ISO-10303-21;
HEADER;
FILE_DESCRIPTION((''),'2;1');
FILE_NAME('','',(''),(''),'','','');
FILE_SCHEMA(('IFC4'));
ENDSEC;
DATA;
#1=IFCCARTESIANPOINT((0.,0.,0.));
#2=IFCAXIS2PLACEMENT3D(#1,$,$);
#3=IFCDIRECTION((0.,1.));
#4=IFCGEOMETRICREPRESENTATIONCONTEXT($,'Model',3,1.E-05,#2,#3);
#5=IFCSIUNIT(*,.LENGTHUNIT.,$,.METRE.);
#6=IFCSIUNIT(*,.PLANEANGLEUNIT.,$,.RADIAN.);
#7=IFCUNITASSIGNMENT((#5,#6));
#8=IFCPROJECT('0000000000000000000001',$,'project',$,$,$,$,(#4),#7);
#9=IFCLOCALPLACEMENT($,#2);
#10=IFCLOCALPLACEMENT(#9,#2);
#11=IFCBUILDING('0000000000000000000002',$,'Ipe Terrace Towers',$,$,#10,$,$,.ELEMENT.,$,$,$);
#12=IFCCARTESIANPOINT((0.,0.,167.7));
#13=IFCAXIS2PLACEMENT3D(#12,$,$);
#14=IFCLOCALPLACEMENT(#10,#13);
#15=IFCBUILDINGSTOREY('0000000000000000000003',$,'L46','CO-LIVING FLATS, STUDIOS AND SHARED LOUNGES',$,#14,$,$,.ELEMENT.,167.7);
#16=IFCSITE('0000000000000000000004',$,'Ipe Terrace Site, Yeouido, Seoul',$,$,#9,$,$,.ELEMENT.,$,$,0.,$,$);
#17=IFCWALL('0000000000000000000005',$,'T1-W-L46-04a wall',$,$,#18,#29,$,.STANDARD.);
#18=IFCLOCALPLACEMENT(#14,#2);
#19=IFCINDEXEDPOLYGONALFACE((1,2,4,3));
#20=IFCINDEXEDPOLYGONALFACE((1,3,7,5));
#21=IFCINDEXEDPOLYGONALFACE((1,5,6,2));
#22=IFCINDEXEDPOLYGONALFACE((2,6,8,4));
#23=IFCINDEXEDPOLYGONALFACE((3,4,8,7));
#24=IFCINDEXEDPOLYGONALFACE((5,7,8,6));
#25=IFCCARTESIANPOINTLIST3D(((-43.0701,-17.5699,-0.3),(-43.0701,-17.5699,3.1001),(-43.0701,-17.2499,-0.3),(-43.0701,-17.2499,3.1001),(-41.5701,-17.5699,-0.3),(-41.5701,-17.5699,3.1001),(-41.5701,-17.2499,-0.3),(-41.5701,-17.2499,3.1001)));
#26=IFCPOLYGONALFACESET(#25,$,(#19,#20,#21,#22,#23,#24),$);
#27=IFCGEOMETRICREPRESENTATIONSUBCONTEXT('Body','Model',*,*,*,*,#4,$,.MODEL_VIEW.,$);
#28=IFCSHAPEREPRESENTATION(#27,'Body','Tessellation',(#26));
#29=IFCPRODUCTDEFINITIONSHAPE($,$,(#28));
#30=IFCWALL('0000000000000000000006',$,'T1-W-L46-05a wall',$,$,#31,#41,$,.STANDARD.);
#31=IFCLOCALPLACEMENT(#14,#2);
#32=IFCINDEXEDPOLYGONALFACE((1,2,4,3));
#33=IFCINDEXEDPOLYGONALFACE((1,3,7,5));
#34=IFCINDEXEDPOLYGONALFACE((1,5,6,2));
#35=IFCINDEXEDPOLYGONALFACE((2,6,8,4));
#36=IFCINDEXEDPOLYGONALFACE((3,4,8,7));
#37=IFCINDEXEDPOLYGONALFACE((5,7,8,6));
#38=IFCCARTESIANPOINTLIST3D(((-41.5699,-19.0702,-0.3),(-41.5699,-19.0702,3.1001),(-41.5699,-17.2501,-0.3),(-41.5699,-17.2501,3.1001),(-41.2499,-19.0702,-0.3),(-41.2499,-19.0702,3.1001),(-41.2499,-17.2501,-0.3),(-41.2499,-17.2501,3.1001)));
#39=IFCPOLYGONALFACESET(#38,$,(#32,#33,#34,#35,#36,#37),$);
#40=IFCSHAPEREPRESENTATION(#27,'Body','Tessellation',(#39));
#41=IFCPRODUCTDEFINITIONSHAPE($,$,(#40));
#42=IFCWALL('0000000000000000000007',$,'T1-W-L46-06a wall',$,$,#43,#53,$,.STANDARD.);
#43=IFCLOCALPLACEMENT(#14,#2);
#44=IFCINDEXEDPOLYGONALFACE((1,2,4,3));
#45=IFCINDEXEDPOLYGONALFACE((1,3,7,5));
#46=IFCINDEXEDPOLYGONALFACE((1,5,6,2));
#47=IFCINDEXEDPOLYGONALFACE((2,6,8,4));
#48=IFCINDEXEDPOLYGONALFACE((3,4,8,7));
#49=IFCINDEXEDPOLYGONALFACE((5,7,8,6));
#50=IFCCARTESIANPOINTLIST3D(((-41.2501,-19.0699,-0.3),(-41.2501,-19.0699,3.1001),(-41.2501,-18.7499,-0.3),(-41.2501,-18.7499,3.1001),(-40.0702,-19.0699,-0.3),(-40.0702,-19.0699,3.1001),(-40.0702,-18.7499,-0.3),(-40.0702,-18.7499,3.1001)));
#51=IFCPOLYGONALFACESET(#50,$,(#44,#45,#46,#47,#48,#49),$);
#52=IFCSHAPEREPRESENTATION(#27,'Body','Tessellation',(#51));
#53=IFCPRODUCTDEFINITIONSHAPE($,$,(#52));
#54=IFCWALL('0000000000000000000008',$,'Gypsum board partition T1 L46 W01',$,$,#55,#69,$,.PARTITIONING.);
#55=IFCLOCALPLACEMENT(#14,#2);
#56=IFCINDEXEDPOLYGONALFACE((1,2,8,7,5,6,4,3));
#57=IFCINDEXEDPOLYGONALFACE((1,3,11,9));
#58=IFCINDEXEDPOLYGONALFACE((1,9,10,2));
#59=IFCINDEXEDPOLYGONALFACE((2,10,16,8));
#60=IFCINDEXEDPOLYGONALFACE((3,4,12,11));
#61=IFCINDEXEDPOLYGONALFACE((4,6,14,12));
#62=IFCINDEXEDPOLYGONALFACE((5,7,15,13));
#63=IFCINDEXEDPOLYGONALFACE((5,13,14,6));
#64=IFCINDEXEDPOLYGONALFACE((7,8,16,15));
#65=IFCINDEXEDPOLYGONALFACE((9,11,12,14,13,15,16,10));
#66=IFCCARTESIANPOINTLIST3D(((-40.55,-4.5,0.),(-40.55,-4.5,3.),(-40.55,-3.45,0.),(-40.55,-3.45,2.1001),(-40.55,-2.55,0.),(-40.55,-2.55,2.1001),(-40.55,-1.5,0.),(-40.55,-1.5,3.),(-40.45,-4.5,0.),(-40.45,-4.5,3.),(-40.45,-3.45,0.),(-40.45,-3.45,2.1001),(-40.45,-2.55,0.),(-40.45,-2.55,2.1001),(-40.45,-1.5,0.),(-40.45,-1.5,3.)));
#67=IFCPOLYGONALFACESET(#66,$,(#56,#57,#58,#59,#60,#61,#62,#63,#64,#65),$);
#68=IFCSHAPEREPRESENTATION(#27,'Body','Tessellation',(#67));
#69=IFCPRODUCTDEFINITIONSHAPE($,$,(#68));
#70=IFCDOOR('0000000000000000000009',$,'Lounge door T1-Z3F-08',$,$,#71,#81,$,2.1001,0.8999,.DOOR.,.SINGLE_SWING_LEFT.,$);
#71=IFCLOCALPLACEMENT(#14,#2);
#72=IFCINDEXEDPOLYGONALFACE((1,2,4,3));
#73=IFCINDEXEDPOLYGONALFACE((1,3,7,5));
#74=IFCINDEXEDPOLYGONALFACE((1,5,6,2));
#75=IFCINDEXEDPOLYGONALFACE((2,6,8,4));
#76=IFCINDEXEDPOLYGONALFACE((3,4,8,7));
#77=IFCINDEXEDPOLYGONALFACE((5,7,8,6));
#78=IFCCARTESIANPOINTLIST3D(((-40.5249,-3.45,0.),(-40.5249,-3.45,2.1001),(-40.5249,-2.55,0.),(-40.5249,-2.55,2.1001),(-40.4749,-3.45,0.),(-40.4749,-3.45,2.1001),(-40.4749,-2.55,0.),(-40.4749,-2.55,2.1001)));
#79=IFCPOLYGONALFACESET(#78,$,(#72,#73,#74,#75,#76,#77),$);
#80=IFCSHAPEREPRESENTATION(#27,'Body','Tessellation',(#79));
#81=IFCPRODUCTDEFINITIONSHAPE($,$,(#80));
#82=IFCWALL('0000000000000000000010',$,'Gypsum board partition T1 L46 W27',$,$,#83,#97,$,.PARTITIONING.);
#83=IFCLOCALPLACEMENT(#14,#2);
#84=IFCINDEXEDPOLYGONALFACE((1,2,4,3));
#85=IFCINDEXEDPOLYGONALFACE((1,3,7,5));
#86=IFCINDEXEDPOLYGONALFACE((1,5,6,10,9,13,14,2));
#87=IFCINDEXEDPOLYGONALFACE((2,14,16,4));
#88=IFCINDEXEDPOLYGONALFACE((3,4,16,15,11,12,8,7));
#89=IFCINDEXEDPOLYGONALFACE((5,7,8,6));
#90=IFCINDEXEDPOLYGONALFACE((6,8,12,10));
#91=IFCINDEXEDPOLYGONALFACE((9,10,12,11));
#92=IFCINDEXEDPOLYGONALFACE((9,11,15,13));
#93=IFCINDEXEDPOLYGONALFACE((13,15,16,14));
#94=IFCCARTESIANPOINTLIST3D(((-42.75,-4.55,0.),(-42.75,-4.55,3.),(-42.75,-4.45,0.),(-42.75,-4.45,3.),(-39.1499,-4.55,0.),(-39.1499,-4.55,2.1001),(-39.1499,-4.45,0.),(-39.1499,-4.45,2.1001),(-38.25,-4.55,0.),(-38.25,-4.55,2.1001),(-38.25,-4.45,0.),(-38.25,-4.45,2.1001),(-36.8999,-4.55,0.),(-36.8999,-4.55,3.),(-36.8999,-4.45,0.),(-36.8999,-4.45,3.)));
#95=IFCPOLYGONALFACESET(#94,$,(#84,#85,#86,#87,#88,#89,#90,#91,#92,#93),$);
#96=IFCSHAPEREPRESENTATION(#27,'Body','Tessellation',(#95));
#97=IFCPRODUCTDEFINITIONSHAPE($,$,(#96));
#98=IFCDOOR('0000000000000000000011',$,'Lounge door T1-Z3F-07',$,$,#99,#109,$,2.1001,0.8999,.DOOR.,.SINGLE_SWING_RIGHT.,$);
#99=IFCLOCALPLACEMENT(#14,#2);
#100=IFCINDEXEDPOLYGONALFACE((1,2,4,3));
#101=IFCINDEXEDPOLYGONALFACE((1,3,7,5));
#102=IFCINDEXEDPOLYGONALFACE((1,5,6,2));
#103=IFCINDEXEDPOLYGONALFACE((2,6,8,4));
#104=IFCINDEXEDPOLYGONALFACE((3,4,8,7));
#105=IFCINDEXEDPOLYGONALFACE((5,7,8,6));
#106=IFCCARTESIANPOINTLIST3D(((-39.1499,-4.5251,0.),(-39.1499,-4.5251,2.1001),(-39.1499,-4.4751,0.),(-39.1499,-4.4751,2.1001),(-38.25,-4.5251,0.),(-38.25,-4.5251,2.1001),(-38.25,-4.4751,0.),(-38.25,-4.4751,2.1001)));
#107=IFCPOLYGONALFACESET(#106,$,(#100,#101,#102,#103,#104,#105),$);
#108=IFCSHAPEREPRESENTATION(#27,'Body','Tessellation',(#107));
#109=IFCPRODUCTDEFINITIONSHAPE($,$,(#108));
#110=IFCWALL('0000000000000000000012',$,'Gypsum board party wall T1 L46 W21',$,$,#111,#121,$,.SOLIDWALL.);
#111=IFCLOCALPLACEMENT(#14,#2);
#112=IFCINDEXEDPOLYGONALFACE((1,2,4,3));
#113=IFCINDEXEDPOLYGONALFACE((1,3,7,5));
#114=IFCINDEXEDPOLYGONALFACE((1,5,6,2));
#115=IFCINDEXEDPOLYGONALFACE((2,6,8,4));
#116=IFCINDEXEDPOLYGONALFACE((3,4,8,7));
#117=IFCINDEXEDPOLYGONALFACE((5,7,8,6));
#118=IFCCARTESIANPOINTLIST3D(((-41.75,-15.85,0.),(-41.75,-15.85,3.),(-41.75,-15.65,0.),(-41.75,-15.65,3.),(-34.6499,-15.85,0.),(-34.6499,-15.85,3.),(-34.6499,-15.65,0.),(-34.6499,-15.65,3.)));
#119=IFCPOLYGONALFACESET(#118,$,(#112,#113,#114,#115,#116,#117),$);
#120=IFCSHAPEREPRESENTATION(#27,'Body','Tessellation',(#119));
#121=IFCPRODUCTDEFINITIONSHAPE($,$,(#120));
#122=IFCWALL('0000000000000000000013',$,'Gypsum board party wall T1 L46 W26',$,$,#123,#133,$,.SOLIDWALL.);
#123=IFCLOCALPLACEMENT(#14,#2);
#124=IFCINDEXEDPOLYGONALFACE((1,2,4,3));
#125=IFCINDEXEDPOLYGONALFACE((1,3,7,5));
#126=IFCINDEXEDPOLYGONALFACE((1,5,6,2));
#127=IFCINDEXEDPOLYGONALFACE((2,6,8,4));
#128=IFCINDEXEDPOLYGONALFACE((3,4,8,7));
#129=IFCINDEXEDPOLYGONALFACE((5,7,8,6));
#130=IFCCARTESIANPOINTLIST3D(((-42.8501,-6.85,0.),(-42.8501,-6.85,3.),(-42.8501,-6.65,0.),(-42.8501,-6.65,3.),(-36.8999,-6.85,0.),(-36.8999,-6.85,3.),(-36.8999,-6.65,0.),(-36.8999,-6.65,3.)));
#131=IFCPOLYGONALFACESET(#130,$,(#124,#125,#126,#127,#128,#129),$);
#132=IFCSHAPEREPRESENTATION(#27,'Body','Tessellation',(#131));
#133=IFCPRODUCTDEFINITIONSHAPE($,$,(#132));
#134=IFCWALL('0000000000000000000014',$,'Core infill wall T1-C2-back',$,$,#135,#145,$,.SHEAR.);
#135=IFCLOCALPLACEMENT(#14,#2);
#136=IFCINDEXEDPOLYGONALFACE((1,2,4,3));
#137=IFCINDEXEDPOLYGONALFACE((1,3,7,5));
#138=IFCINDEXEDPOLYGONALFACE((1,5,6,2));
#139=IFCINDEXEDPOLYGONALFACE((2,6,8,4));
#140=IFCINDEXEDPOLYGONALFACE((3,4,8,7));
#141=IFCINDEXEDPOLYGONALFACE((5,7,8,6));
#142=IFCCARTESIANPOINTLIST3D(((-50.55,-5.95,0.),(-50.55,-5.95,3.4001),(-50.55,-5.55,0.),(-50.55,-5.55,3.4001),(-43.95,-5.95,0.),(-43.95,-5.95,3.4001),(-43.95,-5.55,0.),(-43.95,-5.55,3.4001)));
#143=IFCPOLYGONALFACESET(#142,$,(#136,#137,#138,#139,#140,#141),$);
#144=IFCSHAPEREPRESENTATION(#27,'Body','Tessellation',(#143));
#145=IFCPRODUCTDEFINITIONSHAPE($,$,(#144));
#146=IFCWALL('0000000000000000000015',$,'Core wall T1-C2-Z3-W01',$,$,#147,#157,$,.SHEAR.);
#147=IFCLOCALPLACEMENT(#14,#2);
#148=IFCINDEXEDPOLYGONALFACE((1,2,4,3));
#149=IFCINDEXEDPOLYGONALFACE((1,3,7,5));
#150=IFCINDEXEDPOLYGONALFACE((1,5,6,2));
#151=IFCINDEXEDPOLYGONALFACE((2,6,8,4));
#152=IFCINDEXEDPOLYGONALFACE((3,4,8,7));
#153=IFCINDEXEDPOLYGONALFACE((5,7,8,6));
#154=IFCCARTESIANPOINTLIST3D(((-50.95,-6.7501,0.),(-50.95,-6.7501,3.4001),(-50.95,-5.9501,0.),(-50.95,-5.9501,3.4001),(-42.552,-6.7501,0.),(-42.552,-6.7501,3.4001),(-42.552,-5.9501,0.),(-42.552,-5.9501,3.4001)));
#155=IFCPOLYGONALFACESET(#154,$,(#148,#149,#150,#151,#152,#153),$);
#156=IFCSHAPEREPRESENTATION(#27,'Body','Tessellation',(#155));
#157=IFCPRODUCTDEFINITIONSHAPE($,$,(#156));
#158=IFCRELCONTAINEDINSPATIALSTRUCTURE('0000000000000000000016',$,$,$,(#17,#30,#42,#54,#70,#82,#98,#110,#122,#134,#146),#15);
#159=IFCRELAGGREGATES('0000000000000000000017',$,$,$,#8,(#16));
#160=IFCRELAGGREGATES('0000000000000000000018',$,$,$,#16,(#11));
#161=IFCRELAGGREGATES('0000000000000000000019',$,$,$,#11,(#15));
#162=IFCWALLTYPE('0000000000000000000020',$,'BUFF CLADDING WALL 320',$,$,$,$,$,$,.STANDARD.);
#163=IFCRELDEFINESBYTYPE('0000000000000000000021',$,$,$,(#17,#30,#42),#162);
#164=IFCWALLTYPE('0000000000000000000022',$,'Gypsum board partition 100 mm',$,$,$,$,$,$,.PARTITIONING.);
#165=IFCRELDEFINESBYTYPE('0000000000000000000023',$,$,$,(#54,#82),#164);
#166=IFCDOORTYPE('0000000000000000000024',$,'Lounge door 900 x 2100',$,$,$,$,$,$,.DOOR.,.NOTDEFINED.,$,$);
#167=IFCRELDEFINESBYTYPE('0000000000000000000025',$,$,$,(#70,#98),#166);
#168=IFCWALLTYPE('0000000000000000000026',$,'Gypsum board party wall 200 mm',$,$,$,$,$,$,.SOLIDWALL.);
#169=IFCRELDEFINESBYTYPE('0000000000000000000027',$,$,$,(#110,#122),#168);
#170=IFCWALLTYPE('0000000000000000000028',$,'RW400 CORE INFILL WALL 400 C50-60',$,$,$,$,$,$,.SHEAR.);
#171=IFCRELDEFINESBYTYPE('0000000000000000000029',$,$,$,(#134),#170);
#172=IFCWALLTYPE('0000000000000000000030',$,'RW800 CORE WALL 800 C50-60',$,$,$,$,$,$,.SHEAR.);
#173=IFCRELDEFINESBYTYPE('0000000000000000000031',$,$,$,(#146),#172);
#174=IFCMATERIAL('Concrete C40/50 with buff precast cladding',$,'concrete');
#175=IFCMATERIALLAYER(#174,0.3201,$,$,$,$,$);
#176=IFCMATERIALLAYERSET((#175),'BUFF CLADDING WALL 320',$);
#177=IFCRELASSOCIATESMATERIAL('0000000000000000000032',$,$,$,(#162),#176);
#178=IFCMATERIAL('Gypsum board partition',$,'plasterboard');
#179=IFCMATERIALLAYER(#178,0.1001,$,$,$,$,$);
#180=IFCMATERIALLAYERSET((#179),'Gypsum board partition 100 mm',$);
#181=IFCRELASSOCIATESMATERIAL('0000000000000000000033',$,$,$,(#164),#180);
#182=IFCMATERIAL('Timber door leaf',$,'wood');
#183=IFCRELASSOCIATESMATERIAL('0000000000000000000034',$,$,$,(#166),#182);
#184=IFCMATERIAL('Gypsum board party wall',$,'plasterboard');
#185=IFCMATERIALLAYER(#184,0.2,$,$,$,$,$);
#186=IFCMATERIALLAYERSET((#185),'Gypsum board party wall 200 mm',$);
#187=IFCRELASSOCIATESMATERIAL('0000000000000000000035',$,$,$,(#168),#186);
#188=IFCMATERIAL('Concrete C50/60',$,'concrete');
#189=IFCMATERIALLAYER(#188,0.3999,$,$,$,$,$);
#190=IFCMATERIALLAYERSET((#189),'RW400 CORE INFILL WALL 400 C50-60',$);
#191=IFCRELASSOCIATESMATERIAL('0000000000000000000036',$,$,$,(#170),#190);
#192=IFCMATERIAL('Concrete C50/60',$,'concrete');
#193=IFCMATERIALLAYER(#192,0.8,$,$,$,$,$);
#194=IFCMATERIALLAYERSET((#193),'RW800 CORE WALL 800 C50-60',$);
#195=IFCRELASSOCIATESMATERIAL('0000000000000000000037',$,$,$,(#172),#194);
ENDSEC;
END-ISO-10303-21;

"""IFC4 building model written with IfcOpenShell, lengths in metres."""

from ifc_helpers import new_model, si_unit, direction, frame, frame_2d, origin, place, context, subcontext, project, spatial, rectangle, extrude, material, layer, layer_set, type_object, element, fill, save


model = new_model("IFC4")

# Units and contexts
model_context = context("Model", 3, precision=1e-05, world=origin(), true_north=direction((0.0, 1.0)))
body_context = subcontext(model_context, "Body", "Model", "MODEL_VIEW")
ifc_project = project(units=[si_unit("LENGTHUNIT", "METRE"), si_unit("PLANEANGLEUNIT", "RADIAN")], contexts=[model_context])

# Site, building, storey
site_placement = place(None, origin())
site = spatial("IfcSite", under=ifc_project, at=site_placement, Name="Ipe Terrace Site, Yeouido, Seoul", CompositionType="ELEMENT", RefElevation=0.0)
building_placement = place(site_placement, origin())
building = spatial("IfcBuilding", under=site, at=building_placement, Name="Ipe Terrace Towers", CompositionType="ELEMENT")
storey_placement = place(building_placement, frame((0.0, 0.0, 167.7)))
storey = spatial("IfcBuildingStorey", under=building, at=storey_placement, Name="L46", Description="CO-LIVING FLATS, STUDIOS AND SHARED LOUNGES", CompositionType="ELEMENT", Elevation=167.7)

# Walls
ifc_material_1 = material(Name="Concrete C40/50 with buff precast cladding", Category="concrete")
ifc_layer_1 = layer(ifc_material_1, 0.3201)
ifc_layer_set_1 = layer_set([ifc_layer_1], Name="BUFF CLADDING WALL 320")
wall_type_1 = type_object("IfcWallType", Name="BUFF CLADDING WALL 320", PredefinedType="STANDARD", material=ifc_layer_set_1)
wall_1_placement = place(storey_placement, frame((-43.0701, -17.4099, -0.3), z_axis=(0.0, 0.0, 1.0), x_axis=(1.0, 0.0, 0.0)))
element("IfcWall", 1, at=wall_1_placement, inside=storey, type_object=wall_type_1, Name="T1-W-L46-04a wall", PredefinedType="STANDARD", context=body_context, shape_type="SweptSolid", body=[
    extrude(rectangle(XDim=1.5, YDim=0.3201, at=frame_2d((0.75, 0.0))), origin(), (0.0, 0.0, 1.0), 3.4001),
])
wall_2_placement = place(storey_placement, frame((-41.4099, -17.25, -0.3), z_axis=(0.0, 0.0, 1.0), x_axis=(0.0, -1.0, 0.0)))
element("IfcWall", 2, at=wall_2_placement, inside=storey, type_object=wall_type_1, Name="T1-W-L46-05a wall", PredefinedType="STANDARD", context=body_context, shape_type="SweptSolid", body=[
    extrude(rectangle(XDim=1.8201, YDim=0.3201, at=frame_2d((0.9102, 0.0))), origin(), (0.0, 0.0, 1.0), 3.4001),
])
wall_3_placement = place(storey_placement, frame((-41.25, -18.9099, -0.3), z_axis=(0.0, 0.0, 1.0), x_axis=(1.0, 0.0, 0.0)))
element("IfcWall", 3, at=wall_3_placement, inside=storey, type_object=wall_type_1, Name="T1-W-L46-06a wall", PredefinedType="STANDARD", context=body_context, shape_type="SweptSolid", body=[
    extrude(rectangle(XDim=1.1799, YDim=0.3201, at=frame_2d((0.5898, 0.0))), origin(), (0.0, 0.0, 1.0), 3.4001),
])

# Walls, openings, doors
ifc_material_2 = material(Name="Gypsum board partition", Category="plasterboard")
ifc_layer_2 = layer(ifc_material_2, 0.1001)
ifc_layer_set_2 = layer_set([ifc_layer_2], Name="Gypsum board partition 100 mm")
wall_type_2 = type_object("IfcWallType", Name="Gypsum board partition 100 mm", PredefinedType="PARTITIONING", material=ifc_layer_set_2)
wall_4_placement = place(storey_placement, frame((-40.5, -4.5, 0.0), z_axis=(0.0, 0.0, 1.0), x_axis=(0.0, 1.0, 0.0)))
wall_4 = element("IfcWall", 4, at=wall_4_placement, inside=storey, type_object=wall_type_2, Name="Gypsum board partition T1 L46 W01", PredefinedType="PARTITIONING", context=body_context, shape_type="SweptSolid", body=[
    extrude(rectangle(XDim=3.0, YDim=0.1001, at=frame_2d((1.5, 0.0))), origin(), (0.0, 0.0, 1.0), 3.0),
])
opening_1_placement = place(wall_4_placement, frame((1.05, 0.0, 0.0)))
opening_1 = element("IfcOpeningElement", 5, at=opening_1_placement, cuts=wall_4, PredefinedType="OPENING", context=body_context, shape_type="SweptSolid", body=[
    extrude(rectangle(XDim=0.8999, YDim=2.1001, at=frame_2d((0.45, 1.05))), frame((0.0, 0.0601, 0.0), z_axis=(0.0, -1.0, 0.0), x_axis=(1.0, 0.0, 0.0)), (0.0, 0.0, 1.0), 0.1201),
])
ifc_material_3 = material(Name="Timber door leaf", Category="wood")
door_type_1 = type_object("IfcDoorType", Name="Lounge door 900 x 2100", OperationType="NOTDEFINED", PredefinedType="DOOR", material=ifc_material_3)
door_1_placement = place(opening_1_placement, origin())
door_1 = element("IfcDoor", 6, at=door_1_placement, inside=storey, type_object=door_type_1, Name="Lounge door T1-Z3F-08", OperationType="SINGLE_SWING_LEFT", OverallHeight=2.1001, OverallWidth=0.8999, PredefinedType="DOOR", context=body_context, shape_type="SweptSolid", body=[
    extrude(rectangle(XDim=0.8999, YDim=2.1001, at=frame_2d((0.45, 1.05))), frame((0.0, 0.0249, 0.0), z_axis=(0.0, -1.0, 0.0), x_axis=(1.0, 0.0, 0.0)), (0.0, 0.0, 1.0), 0.05),
])
fill(opening_1, door_1)
wall_5_placement = place(storey_placement, frame((-42.75, -4.5, 0.0), z_axis=(0.0, 0.0, 1.0), x_axis=(1.0, 0.0, 0.0)))
wall_5 = element("IfcWall", 7, at=wall_5_placement, inside=storey, type_object=wall_type_2, Name="Gypsum board partition T1 L46 W27", PredefinedType="PARTITIONING", context=body_context, shape_type="SweptSolid", body=[
    extrude(rectangle(XDim=5.8501, YDim=0.1001, at=frame_2d((2.925, 0.0))), origin(), (0.0, 0.0, 1.0), 3.0),
])
opening_2_placement = place(wall_5_placement, frame((3.6001, 0.0, 0.0)))
opening_2 = element("IfcOpeningElement", 8, at=opening_2_placement, cuts=wall_5, PredefinedType="OPENING", context=body_context, shape_type="SweptSolid", body=[
    extrude(rectangle(XDim=0.8999, YDim=2.1001, at=frame_2d((0.45, 1.05))), frame((0.0, 0.0601, 0.0), z_axis=(0.0, -1.0, 0.0), x_axis=(1.0, 0.0, 0.0)), (0.0, 0.0, 1.0), 0.1201),
])
door_2_placement = place(opening_2_placement, origin())
door_2 = element("IfcDoor", 9, at=door_2_placement, inside=storey, type_object=door_type_1, Name="Lounge door T1-Z3F-07", OperationType="SINGLE_SWING_RIGHT", OverallHeight=2.1001, OverallWidth=0.8999, PredefinedType="DOOR", context=body_context, shape_type="SweptSolid", body=[
    extrude(rectangle(XDim=0.8999, YDim=2.1001, at=frame_2d((0.45, 1.05))), frame((0.0, 0.0249, 0.0), z_axis=(0.0, -1.0, 0.0), x_axis=(1.0, 0.0, 0.0)), (0.0, 0.0, 1.0), 0.05),
])
fill(opening_2, door_2)

# Walls
ifc_material_4 = material(Name="Gypsum board party wall", Category="plasterboard")
ifc_layer_3 = layer(ifc_material_4, 0.2)
ifc_layer_set_3 = layer_set([ifc_layer_3], Name="Gypsum board party wall 200 mm")
wall_type_3 = type_object("IfcWallType", Name="Gypsum board party wall 200 mm", PredefinedType="SOLIDWALL", material=ifc_layer_set_3)
wall_6_placement = place(storey_placement, frame((-41.75, -15.75, 0.0), z_axis=(0.0, 0.0, 1.0), x_axis=(1.0, 0.0, 0.0)))
element("IfcWall", 10, at=wall_6_placement, inside=storey, type_object=wall_type_3, Name="Gypsum board party wall T1 L46 W21", PredefinedType="SOLIDWALL", context=body_context, shape_type="SweptSolid", body=[
    extrude(rectangle(XDim=7.1001, YDim=0.2, at=frame_2d((3.55, 0.0))), origin(), (0.0, 0.0, 1.0), 3.0),
])
wall_7_placement = place(storey_placement, frame((-42.8501, -6.75, 0.0), z_axis=(0.0, 0.0, 1.0), x_axis=(1.0, 0.0, 0.0)))
element("IfcWall", 11, at=wall_7_placement, inside=storey, type_object=wall_type_3, Name="Gypsum board party wall T1 L46 W26", PredefinedType="SOLIDWALL", context=body_context, shape_type="SweptSolid", body=[
    extrude(rectangle(XDim=5.9502, YDim=0.2, at=frame_2d((2.9751, 0.0))), origin(), (0.0, 0.0, 1.0), 3.0),
])
ifc_material_5 = material(Name="Concrete C50/60", Category="concrete")
ifc_layer_4 = layer(ifc_material_5, 0.3999)
ifc_layer_set_4 = layer_set([ifc_layer_4], Name="RW400 CORE INFILL WALL 400 C50-60")
wall_type_4 = type_object("IfcWallType", Name="RW400 CORE INFILL WALL 400 C50-60", PredefinedType="SHEAR", material=ifc_layer_set_4)
wall_8_placement = place(storey_placement, frame((-43.95, -5.75, 0.0), z_axis=(0.0, 0.0, 1.0), x_axis=(-1.0, 0.0, 0.0)))
element("IfcWall", 12, at=wall_8_placement, inside=storey, type_object=wall_type_4, Name="Core infill wall T1-C2-back", PredefinedType="SHEAR", context=body_context, shape_type="SweptSolid", body=[
    extrude(rectangle(XDim=6.6001, YDim=0.3999, at=frame_2d((3.3, 0.0))), origin(), (0.0, 0.0, 1.0), 3.4001),
])
ifc_material_6 = material(Name="Concrete C50/60", Category="concrete")
ifc_layer_5 = layer(ifc_material_6, 0.8)
ifc_layer_set_5 = layer_set([ifc_layer_5], Name="RW800 CORE WALL 800 C50-60")
wall_type_5 = type_object("IfcWallType", Name="RW800 CORE WALL 800 C50-60", PredefinedType="SHEAR", material=ifc_layer_set_5)
wall_9_placement = place(storey_placement, frame((-50.95, -6.3501, 0.0), z_axis=(0.0, 0.0, 1.0), x_axis=(1.0, 0.0, 0.0)))
element("IfcWall", 13, at=wall_9_placement, inside=storey, type_object=wall_type_5, Name="Core wall T1-C2-Z3-W01", PredefinedType="SHEAR", context=body_context, shape_type="SweptSolid", body=[
    extrude(rectangle(XDim=8.3979, YDim=0.8, at=frame_2d((4.199, 0.0))), origin(), (0.0, 0.0, 1.0), 3.4001),
])

save(model, "model.ifc")
